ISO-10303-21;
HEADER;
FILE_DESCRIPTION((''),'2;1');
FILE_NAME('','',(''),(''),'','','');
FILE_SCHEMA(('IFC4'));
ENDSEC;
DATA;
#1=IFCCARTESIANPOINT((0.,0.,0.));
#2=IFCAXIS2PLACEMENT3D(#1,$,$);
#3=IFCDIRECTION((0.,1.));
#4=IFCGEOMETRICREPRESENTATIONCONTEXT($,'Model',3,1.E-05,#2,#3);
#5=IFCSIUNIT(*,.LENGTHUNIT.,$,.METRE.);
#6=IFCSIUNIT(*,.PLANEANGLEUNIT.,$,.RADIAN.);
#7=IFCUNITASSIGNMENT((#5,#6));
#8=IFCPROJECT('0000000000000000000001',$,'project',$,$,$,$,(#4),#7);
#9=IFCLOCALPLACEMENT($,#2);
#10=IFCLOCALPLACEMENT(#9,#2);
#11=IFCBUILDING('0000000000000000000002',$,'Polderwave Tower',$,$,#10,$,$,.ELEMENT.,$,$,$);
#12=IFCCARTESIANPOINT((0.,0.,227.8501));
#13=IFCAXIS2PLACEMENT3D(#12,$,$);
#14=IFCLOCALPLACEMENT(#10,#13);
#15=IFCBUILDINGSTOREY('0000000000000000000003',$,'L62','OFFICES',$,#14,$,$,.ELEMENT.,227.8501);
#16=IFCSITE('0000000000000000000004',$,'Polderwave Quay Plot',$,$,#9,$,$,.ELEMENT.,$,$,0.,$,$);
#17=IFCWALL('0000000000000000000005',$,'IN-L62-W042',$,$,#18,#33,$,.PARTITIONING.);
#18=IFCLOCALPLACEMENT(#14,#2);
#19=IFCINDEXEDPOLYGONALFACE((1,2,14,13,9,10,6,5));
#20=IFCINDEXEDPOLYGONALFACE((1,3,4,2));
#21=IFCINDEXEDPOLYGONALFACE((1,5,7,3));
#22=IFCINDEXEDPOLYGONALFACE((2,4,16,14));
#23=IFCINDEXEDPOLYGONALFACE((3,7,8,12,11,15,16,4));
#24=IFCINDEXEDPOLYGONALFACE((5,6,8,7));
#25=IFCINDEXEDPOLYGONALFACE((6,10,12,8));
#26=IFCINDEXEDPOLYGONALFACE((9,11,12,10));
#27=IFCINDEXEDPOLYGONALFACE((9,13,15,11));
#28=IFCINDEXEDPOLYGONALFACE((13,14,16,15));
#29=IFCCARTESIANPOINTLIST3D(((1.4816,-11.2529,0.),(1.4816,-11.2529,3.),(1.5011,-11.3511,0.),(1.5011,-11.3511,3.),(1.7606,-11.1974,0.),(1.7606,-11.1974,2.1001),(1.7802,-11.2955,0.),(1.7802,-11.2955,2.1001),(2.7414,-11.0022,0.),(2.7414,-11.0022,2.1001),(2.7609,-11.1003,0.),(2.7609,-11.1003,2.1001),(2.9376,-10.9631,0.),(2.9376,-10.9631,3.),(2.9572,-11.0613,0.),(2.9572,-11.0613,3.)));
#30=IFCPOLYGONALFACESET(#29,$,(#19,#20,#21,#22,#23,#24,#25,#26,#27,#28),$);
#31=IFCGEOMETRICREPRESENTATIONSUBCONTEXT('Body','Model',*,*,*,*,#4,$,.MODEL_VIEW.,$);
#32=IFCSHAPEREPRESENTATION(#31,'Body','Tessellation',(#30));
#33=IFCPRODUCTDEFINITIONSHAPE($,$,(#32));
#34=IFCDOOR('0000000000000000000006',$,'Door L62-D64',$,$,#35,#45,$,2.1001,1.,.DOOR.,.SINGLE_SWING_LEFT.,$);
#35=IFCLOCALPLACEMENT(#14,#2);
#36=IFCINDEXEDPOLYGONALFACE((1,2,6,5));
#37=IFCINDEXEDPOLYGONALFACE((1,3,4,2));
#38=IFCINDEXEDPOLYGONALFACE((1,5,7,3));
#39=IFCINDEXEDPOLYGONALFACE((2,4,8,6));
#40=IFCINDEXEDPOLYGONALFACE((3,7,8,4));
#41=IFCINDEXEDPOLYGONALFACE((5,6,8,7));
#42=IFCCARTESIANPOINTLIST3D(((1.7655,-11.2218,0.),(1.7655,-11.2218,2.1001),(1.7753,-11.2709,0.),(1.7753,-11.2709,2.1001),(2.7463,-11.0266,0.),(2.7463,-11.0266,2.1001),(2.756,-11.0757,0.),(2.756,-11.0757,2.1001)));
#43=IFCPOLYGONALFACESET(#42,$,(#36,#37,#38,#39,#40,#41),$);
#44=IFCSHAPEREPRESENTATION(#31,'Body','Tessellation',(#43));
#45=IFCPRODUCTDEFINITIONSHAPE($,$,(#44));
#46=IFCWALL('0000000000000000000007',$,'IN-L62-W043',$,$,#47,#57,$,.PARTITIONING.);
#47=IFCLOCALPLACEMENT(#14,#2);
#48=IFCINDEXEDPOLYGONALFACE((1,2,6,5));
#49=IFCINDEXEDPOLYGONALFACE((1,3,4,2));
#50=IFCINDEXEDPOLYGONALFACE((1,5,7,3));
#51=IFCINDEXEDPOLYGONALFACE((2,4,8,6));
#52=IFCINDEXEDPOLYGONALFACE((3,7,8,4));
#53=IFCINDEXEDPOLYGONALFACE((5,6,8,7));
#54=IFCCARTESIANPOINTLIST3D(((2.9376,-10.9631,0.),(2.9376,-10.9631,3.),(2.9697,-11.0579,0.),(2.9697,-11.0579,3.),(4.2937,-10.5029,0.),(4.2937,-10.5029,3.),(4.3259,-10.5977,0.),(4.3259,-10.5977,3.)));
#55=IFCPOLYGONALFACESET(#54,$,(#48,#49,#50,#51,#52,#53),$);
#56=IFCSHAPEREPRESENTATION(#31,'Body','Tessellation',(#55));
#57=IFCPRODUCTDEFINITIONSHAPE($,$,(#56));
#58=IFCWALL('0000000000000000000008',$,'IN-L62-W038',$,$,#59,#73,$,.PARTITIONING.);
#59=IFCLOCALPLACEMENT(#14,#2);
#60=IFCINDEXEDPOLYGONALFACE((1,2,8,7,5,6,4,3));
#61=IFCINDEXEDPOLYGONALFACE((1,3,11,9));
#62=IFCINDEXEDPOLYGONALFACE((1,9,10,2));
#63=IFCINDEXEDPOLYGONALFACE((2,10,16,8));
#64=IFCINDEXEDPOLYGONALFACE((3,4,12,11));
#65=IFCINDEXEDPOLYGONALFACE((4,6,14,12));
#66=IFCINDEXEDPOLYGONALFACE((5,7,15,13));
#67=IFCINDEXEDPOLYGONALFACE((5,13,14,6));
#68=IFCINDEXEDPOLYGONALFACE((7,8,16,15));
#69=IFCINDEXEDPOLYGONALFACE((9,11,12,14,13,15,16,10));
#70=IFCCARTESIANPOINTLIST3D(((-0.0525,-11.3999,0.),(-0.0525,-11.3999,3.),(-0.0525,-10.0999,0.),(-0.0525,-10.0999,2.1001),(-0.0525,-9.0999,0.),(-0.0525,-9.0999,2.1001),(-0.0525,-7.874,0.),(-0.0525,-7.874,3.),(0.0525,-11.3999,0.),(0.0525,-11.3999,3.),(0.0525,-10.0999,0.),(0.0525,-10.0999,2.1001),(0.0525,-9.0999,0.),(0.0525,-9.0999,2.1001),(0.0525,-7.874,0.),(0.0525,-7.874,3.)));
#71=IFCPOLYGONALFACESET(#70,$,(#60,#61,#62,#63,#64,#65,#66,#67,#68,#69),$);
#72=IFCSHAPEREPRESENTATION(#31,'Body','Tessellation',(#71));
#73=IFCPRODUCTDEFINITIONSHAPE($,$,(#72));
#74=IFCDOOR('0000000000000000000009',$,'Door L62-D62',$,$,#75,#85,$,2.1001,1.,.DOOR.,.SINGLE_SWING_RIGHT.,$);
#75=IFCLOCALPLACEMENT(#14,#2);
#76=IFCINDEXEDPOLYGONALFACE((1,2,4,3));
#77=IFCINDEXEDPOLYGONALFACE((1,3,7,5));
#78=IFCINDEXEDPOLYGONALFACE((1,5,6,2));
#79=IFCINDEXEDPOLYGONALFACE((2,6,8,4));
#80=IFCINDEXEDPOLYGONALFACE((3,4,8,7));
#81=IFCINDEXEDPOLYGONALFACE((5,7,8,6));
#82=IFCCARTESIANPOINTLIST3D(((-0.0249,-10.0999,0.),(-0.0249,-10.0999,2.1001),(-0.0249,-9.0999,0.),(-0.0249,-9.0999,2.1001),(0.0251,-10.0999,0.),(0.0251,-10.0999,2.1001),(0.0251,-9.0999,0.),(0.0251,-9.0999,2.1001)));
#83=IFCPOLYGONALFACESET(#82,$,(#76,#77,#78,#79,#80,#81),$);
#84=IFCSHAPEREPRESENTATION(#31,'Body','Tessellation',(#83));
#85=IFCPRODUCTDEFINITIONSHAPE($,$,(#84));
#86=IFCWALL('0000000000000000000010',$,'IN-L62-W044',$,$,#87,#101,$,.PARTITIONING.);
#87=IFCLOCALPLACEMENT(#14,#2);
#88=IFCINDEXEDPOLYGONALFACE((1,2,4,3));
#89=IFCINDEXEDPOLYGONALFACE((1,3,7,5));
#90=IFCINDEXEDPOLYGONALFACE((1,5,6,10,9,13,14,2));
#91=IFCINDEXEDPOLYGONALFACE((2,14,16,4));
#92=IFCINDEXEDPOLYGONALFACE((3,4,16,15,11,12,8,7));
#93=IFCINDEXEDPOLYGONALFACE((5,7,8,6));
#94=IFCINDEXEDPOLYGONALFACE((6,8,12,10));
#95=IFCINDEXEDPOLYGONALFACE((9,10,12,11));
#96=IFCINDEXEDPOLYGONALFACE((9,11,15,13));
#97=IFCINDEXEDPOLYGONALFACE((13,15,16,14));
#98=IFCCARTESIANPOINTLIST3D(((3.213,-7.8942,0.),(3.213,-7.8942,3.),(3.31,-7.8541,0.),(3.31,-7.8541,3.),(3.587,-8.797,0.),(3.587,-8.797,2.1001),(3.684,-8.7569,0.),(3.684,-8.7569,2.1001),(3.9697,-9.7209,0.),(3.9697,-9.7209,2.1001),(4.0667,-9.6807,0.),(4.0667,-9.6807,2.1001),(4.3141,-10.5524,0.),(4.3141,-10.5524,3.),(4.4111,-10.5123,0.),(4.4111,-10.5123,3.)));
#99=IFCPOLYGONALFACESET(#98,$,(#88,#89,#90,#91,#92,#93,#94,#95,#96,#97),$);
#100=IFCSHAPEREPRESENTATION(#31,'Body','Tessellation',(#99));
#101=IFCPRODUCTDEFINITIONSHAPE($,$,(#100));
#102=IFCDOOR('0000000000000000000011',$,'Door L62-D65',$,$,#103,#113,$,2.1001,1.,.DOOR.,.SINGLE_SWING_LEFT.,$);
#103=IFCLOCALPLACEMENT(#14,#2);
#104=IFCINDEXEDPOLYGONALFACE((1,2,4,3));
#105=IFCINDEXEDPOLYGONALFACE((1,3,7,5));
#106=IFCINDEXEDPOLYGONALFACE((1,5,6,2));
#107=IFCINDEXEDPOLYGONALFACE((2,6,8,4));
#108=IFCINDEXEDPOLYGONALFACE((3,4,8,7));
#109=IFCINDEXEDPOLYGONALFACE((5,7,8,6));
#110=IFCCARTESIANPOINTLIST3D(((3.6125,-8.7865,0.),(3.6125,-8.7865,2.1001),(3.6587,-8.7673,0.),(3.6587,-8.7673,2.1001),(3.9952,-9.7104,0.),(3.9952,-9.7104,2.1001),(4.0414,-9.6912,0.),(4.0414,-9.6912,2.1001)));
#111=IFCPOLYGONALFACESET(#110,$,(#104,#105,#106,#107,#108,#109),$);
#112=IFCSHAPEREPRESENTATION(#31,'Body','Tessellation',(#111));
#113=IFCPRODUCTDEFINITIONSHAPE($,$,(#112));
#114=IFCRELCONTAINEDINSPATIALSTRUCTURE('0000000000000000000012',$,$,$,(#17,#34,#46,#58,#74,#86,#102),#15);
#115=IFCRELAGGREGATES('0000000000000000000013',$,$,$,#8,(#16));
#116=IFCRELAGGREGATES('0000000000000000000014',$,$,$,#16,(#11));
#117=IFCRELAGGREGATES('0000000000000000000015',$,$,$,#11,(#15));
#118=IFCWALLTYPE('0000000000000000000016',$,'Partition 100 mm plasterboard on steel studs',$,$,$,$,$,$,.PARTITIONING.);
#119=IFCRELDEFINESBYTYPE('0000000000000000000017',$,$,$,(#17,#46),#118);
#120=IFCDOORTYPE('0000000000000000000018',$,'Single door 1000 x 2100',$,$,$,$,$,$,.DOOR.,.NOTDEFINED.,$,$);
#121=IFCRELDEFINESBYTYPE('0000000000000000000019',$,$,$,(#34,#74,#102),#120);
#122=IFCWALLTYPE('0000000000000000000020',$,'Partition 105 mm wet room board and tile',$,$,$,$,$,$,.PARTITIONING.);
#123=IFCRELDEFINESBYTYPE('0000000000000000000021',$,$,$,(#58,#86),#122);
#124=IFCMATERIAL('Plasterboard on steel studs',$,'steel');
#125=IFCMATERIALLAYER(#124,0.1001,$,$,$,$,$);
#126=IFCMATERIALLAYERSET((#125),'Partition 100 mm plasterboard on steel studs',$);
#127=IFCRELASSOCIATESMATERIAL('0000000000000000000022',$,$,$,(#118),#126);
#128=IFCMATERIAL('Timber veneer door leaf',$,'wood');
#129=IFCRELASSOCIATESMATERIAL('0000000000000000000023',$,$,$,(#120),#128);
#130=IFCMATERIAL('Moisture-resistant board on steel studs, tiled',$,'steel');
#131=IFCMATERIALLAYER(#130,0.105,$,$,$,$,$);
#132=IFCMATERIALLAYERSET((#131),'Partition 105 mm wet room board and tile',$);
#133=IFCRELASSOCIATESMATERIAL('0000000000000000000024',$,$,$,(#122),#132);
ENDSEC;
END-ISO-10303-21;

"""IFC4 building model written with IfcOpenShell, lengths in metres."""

from ifc_helpers import new_model, si_unit, direction, frame, frame_2d, origin, place, context, subcontext, project, spatial, rectangle, extrude, material, layer, layer_set, type_object, element, fill, save


model = new_model("IFC4")

# Units and contexts
model_context = context("Model", 3, precision=1e-05, world=origin(), true_north=direction((0.0, 1.0)))
body_context = subcontext(model_context, "Body", "Model", "MODEL_VIEW")
ifc_project = project(units=[si_unit("LENGTHUNIT", "METRE"), si_unit("PLANEANGLEUNIT", "RADIAN")], contexts=[model_context])

# Site, building, storey
site_placement = place(None, origin())
site = spatial("IfcSite", under=ifc_project, at=site_placement, Name="Polderwave Quay Plot", CompositionType="ELEMENT", RefElevation=0.0)
building_placement = place(site_placement, origin())
building = spatial("IfcBuilding", under=site, at=building_placement, Name="Polderwave Tower", CompositionType="ELEMENT")
storey_placement = place(building_placement, frame((0.0, 0.0, 227.8501)))
storey = spatial("IfcBuildingStorey", under=building, at=storey_placement, Name="L62", Description="OFFICES", CompositionType="ELEMENT", Elevation=227.8501)

# Shared definitions
ifc_material_1 = material(Name="Plasterboard on steel studs", Category="steel")
ifc_layer_1 = layer(ifc_material_1, 0.1001)
ifc_layer_set_1 = layer_set([ifc_layer_1], Name="Partition 100 mm plasterboard on steel studs")
wall_type_1 = type_object("IfcWallType", Name="Partition 100 mm plasterboard on steel studs", PredefinedType="PARTITIONING", material=ifc_layer_set_1)
ifc_material_2 = material(Name="Timber veneer door leaf", Category="wood")
door_type = type_object("IfcDoorType", Name="Single door 1000 x 2100", OperationType="NOTDEFINED", PredefinedType="DOOR", material=ifc_material_2)

# Wall, opening, door
wall_1_placement = place(storey_placement, frame((2.9473, -11.0122, 0.0), z_axis=(0.0, 0.0, 1.0), x_axis=(-0.980764, -0.195199, 0.0)))
wall_1 = element("IfcWall", 1, at=wall_1_placement, inside=storey, type_object=wall_type_1, Name="IN-L62-W042", PredefinedType="PARTITIONING", context=body_context, shape_type="SweptSolid", body=[
    extrude(rectangle(XDim=1.4846, YDim=0.1001, at=frame_2d((0.7422, 0.0))), origin(), (0.0, 0.0, 1.0), 3.0),
])
opening_1_placement = place(wall_1_placement, frame((0.2, 0.0, 0.0)))
opening_1 = element("IfcOpeningElement", 2, at=opening_1_placement, cuts=wall_1, PredefinedType="OPENING", context=body_context, shape_type="SweptSolid", body=[
    extrude(rectangle(XDim=1.0, YDim=2.1001, at=frame_2d((0.5, 1.05))), frame((0.0, 0.0601, 0.0), z_axis=(0.0, -1.0, 0.0), x_axis=(1.0, 0.0, 0.0)), (0.0, 0.0, 1.0), 0.1201),
])
door_1_placement = place(opening_1_placement, origin())
door_1 = element("IfcDoor", 3, at=door_1_placement, inside=storey, type_object=door_type, Name="Door L62-D64", OperationType="SINGLE_SWING_LEFT", OverallHeight=2.1001, OverallWidth=1.0, PredefinedType="DOOR", context=body_context, shape_type="SweptSolid", body=[
    extrude(rectangle(XDim=1.0, YDim=2.1001, at=frame_2d((0.5, 1.05))), frame((0.0, 0.0249, 0.0), z_axis=(0.0, -1.0, 0.0), x_axis=(1.0, 0.0, 0.0)), (0.0, 0.0, 1.0), 0.05),
])
fill(opening_1, door_1)

# Wall
wall_2_placement = place(storey_placement, frame((4.3098, -10.5503, 0.0), z_axis=(0.0, 0.0, 1.0), x_axis=(-0.946965, -0.321337, 0.0)))
element("IfcWall", 4, at=wall_2_placement, inside=storey, type_object=wall_type_1, Name="IN-L62-W043", PredefinedType="PARTITIONING", context=body_context, shape_type="SweptSolid", body=[
    extrude(rectangle(XDim=1.4321, YDim=0.1001, at=frame_2d((0.7161, 0.0))), origin(), (0.0, 0.0, 1.0), 3.0),
])

# Walls, openings, doors
ifc_material_3 = material(Name="Moisture-resistant board on steel studs, tiled", Category="steel")
ifc_layer_2 = layer(ifc_material_3, 0.105)
ifc_layer_set_2 = layer_set([ifc_layer_2], Name="Partition 105 mm wet room board and tile")
wall_type_2 = type_object("IfcWallType", Name="Partition 105 mm wet room board and tile", PredefinedType="PARTITIONING", material=ifc_layer_set_2)
wall_3_placement = place(storey_placement, frame((0.0, -11.3999, 0.0), z_axis=(0.0, 0.0, 1.0), x_axis=(0.0, 1.0, 0.0)))
wall_3 = element("IfcWall", 5, at=wall_3_placement, inside=storey, type_object=wall_type_2, Name="IN-L62-W038", PredefinedType="PARTITIONING", context=body_context, shape_type="SweptSolid", body=[
    extrude(rectangle(XDim=3.5259, YDim=0.105, at=frame_2d((1.7629, 0.0))), origin(), (0.0, 0.0, 1.0), 3.0),
])
opening_2_placement = place(wall_3_placement, frame((1.3, 0.0, 0.0)))
opening_2 = element("IfcOpeningElement", 6, at=opening_2_placement, cuts=wall_3, PredefinedType="OPENING", context=body_context, shape_type="SweptSolid", body=[
    extrude(rectangle(XDim=1.0, YDim=2.1001, at=frame_2d((0.5, 1.05))), frame((0.0, 0.0625, 0.0), z_axis=(0.0, -1.0, 0.0), x_axis=(1.0, 0.0, 0.0)), (0.0, 0.0, 1.0), 0.125),
])
door_2_placement = place(opening_2_placement, origin())
door_2 = element("IfcDoor", 7, at=door_2_placement, inside=storey, type_object=door_type, Name="Door L62-D62", OperationType="SINGLE_SWING_RIGHT", OverallHeight=2.1001, OverallWidth=1.0, PredefinedType="DOOR", context=body_context, shape_type="SweptSolid", body=[
    extrude(rectangle(XDim=1.0, YDim=2.1001, at=frame_2d((0.5, 1.05))), frame((0.0, 0.0249, 0.0), z_axis=(0.0, -1.0, 0.0), x_axis=(1.0, 0.0, 0.0)), (0.0, 0.0, 1.0), 0.05),
])
fill(opening_2, door_2)
wall_4_placement = place(storey_placement, frame((4.3625, -10.5322, 0.0), z_axis=(0.0, 0.0, 1.0), x_axis=(-0.382687, 0.923878, 0.0)))
wall_4 = element("IfcWall", 8, at=wall_4_placement, inside=storey, type_object=wall_type_2, Name="IN-L62-W044", PredefinedType="PARTITIONING", context=body_context, shape_type="SweptSolid", body=[
    extrude(rectangle(XDim=2.8772, YDim=0.105, at=frame_2d((1.4385, 0.0))), origin(), (0.0, 0.0, 1.0), 3.0),
])
opening_3_placement = place(wall_4_placement, frame((0.8999, 0.0, 0.0)))
opening_3 = element("IfcOpeningElement", 9, at=opening_3_placement, cuts=wall_4, PredefinedType="OPENING", context=body_context, shape_type="SweptSolid", body=[
    extrude(rectangle(XDim=1.0, YDim=2.1001, at=frame_2d((0.5, 1.05))), frame((0.0, 0.0625, 0.0), z_axis=(0.0, -1.0, 0.0), x_axis=(1.0, 0.0, 0.0)), (0.0, 0.0, 1.0), 0.125),
])
door_3_placement = place(opening_3_placement, origin())
door_3 = element("IfcDoor", 10, at=door_3_placement, inside=storey, type_object=door_type, Name="Door L62-D65", OperationType="SINGLE_SWING_LEFT", OverallHeight=2.1001, OverallWidth=1.0, PredefinedType="DOOR", context=body_context, shape_type="SweptSolid", body=[
    extrude(rectangle(XDim=1.0, YDim=2.1001, at=frame_2d((0.5, 1.05))), frame((0.0, 0.0249, 0.0), z_axis=(0.0, -1.0, 0.0), x_axis=(1.0, 0.0, 0.0)), (0.0, 0.0, 1.0), 0.05),
])
fill(opening_3, door_3)

save(model, "model.ifc")
